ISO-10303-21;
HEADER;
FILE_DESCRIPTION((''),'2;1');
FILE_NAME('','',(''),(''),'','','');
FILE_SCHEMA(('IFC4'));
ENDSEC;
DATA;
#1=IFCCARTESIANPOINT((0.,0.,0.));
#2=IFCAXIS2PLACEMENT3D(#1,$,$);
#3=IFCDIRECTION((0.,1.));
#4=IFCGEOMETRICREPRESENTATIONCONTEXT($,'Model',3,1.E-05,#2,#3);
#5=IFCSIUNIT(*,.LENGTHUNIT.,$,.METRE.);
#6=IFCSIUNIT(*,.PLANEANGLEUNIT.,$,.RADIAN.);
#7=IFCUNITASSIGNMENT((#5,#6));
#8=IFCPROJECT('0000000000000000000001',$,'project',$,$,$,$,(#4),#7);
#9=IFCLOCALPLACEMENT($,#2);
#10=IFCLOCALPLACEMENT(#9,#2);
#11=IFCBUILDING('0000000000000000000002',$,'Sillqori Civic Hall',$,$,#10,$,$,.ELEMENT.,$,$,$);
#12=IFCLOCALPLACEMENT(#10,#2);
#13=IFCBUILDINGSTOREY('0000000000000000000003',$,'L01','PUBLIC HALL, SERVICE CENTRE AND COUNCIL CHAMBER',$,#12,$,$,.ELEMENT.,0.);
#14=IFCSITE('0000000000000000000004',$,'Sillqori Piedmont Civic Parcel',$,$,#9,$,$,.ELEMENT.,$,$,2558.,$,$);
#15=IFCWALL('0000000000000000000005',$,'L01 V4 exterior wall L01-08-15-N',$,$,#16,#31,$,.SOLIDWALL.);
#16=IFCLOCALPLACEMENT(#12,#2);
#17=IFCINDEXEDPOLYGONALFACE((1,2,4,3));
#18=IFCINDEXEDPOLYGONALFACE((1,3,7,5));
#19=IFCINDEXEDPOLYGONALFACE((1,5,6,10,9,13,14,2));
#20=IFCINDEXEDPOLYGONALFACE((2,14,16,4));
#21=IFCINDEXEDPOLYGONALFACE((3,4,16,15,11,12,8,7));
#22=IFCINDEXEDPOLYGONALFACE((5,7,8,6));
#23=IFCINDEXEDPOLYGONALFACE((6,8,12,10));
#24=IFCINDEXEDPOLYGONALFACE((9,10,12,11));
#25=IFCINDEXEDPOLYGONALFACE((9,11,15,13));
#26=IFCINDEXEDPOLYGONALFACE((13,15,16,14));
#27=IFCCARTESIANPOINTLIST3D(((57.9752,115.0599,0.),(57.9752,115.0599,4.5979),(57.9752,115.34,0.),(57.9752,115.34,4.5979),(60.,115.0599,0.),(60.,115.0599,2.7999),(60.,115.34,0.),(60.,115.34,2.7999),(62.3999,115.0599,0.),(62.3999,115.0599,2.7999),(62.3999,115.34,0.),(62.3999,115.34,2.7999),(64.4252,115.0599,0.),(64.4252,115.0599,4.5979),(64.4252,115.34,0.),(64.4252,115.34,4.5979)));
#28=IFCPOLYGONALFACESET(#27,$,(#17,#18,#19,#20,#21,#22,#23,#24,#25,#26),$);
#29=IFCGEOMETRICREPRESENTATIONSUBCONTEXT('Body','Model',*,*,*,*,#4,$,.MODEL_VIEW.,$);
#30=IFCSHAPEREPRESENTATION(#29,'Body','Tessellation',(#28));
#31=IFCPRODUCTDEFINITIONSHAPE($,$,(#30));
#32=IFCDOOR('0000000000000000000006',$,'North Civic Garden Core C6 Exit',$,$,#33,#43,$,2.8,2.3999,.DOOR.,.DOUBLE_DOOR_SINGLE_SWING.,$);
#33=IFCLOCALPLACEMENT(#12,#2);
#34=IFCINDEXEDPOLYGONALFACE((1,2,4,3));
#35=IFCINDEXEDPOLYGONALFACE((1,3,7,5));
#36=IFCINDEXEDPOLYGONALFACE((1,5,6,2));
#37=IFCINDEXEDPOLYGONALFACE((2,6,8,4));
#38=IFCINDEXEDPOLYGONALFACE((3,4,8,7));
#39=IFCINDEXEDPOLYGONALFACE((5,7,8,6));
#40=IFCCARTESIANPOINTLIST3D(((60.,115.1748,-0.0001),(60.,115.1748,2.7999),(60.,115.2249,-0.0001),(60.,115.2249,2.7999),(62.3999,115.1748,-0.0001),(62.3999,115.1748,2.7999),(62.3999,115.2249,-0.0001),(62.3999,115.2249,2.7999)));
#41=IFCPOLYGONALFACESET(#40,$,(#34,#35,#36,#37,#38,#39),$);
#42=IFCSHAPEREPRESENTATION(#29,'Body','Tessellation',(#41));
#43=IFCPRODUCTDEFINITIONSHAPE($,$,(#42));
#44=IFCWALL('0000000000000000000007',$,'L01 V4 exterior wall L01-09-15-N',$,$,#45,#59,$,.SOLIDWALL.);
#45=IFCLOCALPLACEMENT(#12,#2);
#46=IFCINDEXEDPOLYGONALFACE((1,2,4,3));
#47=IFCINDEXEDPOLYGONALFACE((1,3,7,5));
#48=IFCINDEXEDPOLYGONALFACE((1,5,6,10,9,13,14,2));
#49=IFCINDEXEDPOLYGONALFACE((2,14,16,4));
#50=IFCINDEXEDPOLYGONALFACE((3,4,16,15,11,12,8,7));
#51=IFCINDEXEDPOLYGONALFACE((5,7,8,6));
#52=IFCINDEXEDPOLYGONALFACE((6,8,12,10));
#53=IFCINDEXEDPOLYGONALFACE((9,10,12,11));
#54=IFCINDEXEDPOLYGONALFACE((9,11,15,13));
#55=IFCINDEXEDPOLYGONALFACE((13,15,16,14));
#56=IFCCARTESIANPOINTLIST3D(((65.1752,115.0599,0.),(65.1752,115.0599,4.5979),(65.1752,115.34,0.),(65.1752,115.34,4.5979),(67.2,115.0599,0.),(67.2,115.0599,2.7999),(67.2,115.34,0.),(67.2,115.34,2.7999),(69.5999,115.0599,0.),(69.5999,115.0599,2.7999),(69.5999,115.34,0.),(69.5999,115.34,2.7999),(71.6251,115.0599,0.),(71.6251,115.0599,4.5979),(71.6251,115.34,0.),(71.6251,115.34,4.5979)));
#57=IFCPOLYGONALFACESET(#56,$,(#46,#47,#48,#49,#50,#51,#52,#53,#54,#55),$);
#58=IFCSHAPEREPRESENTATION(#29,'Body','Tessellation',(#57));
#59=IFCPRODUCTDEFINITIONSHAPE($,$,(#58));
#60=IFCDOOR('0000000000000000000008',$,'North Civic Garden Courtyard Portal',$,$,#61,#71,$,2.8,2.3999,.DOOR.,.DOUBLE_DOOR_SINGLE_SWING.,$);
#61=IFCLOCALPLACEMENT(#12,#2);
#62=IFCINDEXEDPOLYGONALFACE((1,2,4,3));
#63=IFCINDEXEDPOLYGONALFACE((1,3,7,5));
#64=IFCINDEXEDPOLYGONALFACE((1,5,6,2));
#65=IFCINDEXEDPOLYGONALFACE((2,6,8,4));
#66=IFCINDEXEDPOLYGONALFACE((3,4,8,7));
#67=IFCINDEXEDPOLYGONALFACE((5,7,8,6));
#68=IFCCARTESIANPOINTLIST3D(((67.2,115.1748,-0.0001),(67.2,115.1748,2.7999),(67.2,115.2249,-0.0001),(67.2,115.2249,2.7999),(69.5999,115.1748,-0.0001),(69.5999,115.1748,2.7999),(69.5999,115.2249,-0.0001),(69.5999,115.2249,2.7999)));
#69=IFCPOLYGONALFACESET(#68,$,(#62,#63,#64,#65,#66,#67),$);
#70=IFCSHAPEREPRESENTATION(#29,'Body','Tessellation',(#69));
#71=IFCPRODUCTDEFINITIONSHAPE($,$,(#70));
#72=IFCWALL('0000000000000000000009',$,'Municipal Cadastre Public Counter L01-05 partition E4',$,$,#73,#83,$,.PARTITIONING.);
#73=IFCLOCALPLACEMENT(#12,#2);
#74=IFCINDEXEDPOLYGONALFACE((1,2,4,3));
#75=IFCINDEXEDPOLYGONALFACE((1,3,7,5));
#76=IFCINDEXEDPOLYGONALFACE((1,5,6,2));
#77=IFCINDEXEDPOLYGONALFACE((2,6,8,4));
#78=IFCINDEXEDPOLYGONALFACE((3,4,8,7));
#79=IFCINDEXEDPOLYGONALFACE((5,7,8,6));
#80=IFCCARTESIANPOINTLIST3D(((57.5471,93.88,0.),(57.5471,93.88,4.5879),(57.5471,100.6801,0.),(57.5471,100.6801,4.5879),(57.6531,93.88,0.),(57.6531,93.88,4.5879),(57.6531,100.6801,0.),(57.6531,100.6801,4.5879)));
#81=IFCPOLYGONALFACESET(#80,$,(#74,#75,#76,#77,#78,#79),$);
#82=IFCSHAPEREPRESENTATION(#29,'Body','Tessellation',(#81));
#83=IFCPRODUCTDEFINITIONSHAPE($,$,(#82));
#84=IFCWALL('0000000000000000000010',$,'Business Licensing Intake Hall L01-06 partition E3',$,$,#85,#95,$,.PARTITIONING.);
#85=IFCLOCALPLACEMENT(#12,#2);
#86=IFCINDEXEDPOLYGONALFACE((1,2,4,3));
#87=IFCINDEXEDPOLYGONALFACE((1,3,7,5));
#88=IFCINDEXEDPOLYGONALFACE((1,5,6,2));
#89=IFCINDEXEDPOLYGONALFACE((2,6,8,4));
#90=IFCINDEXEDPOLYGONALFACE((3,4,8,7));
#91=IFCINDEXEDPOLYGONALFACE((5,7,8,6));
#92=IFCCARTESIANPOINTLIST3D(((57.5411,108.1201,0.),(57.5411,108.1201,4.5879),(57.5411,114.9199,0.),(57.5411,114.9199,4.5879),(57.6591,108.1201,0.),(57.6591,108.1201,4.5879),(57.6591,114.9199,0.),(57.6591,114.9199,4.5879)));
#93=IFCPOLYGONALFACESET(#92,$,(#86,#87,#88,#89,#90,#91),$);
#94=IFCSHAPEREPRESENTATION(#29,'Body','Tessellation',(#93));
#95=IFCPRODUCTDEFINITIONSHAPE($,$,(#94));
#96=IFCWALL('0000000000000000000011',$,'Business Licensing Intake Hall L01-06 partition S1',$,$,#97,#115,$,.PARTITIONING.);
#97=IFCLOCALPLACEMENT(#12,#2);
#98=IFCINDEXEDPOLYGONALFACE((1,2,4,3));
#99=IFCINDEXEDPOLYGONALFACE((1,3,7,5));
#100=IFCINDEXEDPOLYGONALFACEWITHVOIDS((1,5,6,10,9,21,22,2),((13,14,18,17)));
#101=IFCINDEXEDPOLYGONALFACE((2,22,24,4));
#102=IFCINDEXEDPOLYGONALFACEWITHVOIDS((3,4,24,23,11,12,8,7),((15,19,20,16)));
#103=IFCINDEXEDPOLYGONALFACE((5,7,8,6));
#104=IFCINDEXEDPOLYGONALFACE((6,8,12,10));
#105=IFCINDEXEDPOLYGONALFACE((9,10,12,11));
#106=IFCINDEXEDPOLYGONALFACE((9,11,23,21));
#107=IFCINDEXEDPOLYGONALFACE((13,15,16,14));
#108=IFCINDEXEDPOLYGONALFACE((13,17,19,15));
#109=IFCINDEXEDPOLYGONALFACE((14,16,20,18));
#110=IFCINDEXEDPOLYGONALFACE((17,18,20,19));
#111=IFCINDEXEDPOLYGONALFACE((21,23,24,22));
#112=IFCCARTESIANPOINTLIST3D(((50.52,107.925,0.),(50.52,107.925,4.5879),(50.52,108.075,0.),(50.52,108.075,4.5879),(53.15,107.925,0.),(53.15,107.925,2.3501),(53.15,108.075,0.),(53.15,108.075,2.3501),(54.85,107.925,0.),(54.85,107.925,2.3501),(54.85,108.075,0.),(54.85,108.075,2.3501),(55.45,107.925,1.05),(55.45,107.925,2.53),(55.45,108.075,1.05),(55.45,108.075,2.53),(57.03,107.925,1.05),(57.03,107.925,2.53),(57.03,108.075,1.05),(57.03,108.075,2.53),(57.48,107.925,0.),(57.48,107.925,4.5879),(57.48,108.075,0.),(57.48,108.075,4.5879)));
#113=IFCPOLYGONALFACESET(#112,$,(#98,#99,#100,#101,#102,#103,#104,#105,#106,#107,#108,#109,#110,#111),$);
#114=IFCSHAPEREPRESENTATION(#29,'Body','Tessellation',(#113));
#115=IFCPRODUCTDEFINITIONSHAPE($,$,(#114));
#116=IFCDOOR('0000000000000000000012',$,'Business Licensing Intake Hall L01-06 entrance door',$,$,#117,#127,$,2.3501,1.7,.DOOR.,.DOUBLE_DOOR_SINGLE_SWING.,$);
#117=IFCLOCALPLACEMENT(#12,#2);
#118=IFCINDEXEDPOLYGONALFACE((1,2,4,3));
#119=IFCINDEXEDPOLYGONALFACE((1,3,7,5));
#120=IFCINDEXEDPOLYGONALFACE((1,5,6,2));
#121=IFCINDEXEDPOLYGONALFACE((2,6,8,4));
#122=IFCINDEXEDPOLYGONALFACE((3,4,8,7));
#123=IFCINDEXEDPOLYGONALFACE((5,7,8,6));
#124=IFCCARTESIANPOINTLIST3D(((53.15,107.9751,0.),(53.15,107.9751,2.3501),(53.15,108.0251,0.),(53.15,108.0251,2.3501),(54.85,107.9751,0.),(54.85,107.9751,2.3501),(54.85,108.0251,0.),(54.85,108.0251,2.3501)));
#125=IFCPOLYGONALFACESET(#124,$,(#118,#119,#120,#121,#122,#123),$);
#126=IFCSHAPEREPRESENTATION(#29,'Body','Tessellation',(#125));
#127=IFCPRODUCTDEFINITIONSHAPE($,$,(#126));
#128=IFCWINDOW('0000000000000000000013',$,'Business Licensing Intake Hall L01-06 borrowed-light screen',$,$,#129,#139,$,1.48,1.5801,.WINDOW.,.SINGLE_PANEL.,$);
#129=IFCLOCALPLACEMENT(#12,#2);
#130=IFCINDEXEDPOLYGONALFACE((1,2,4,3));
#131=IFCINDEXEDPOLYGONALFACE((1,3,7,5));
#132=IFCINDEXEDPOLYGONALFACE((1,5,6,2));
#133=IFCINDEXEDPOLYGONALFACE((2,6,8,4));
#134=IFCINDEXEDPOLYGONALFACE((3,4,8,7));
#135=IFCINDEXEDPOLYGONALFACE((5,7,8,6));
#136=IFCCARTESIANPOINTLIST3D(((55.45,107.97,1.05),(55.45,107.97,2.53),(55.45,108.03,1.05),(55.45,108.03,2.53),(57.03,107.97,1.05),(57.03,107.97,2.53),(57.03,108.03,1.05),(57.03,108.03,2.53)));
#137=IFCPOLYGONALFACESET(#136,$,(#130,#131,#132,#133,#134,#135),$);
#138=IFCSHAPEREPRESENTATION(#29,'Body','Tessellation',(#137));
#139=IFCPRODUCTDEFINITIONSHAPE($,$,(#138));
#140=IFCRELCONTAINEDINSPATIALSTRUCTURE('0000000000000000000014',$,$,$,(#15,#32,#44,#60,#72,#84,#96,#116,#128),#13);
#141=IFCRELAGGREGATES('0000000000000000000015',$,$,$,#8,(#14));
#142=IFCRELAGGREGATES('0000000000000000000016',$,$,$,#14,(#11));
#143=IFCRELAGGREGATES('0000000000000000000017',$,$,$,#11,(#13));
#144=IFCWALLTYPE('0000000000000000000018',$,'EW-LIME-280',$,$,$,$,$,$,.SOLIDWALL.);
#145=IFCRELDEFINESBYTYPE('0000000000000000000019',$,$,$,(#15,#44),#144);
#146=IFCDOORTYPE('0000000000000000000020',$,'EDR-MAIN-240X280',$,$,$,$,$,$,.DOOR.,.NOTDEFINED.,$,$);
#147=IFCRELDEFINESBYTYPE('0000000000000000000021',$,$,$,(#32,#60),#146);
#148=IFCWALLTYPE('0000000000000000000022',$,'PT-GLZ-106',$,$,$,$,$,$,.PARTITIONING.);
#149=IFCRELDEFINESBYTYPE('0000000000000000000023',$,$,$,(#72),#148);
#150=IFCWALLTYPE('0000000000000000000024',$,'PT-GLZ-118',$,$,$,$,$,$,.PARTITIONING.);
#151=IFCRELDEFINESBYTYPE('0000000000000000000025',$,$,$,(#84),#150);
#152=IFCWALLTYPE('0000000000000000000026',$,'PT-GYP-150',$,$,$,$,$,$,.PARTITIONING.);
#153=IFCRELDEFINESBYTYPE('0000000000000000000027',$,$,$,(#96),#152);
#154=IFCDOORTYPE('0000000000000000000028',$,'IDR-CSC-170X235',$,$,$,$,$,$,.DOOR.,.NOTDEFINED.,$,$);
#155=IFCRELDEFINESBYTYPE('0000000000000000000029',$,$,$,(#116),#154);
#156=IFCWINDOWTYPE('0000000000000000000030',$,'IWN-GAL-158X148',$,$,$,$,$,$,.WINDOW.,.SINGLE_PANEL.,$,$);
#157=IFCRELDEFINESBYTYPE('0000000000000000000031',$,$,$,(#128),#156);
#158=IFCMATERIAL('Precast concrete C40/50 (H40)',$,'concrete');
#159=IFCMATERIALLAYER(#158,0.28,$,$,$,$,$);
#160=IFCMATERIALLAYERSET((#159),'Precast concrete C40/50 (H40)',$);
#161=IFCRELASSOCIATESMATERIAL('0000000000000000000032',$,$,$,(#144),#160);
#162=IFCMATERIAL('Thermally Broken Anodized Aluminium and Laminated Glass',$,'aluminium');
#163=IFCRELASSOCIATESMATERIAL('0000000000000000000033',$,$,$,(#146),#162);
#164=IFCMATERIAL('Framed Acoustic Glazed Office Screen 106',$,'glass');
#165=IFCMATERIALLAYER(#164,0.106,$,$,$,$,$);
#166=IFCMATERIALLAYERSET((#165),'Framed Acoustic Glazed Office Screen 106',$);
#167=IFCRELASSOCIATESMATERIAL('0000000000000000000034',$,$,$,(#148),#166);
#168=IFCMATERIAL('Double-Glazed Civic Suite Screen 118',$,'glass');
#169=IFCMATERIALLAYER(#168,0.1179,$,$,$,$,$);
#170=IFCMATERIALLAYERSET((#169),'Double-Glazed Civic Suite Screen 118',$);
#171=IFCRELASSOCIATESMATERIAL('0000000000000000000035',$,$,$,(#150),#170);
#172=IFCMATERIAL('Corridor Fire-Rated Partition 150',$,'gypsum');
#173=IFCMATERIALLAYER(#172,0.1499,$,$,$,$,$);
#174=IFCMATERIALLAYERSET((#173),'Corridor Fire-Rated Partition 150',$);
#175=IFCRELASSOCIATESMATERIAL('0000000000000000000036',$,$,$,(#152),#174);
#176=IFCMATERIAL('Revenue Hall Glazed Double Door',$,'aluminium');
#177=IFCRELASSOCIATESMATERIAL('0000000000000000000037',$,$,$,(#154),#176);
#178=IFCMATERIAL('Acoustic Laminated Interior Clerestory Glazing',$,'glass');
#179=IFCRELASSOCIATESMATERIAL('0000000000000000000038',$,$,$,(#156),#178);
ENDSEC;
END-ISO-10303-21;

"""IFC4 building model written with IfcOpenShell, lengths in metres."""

from ifc_helpers import new_model, si_unit, direction, frame, frame_2d, origin, place, context, subcontext, project, spatial, rectangle, extrude, material, layer, layer_set, type_object, element, fill, save


model = new_model("IFC4")

# Units and contexts
model_context = context("Model", 3, precision=1e-05, world=origin(), true_north=direction((0.0, 1.0)))
body_context = subcontext(model_context, "Body", "Model", "MODEL_VIEW")
ifc_project = project(units=[si_unit("LENGTHUNIT", "METRE"), si_unit("PLANEANGLEUNIT", "RADIAN")], contexts=[model_context])

# Site, building, storey
site_placement = place(None, origin())
site = spatial("IfcSite", under=ifc_project, at=site_placement, Name="Sillqori Piedmont Civic Parcel", CompositionType="ELEMENT", RefElevation=2558.0)
building_placement = place(site_placement, origin())
building = spatial("IfcBuilding", under=site, at=building_placement, Name="Sillqori Civic Hall", CompositionType="ELEMENT")
storey_placement = place(building_placement, origin())
storey = spatial("IfcBuildingStorey", under=building, at=storey_placement, Name="L01", Description="PUBLIC HALL, SERVICE CENTRE AND COUNCIL CHAMBER", CompositionType="ELEMENT", Elevation=0.0)

# Walls, openings, doors
ifc_material_1 = material(Name="Precast concrete C40/50 (H40)", Category="concrete")
ifc_layer_1 = layer(ifc_material_1, 0.28)
ifc_layer_set_1 = layer_set([ifc_layer_1], Name="Precast concrete C40/50 (H40)")
wall_type_1 = type_object("IfcWallType", Name="EW-LIME-280", PredefinedType="SOLIDWALL", material=ifc_layer_set_1)
wall_1_placement = place(storey_placement, frame((57.9751, 115.2, 0.0), z_axis=(0.0, 0.0, 1.0), x_axis=(1.0, 0.0, 0.0)))
wall_1 = element("IfcWall", 1, at=wall_1_placement, inside=storey, type_object=wall_type_1, Name="L01 V4 exterior wall L01-08-15-N", PredefinedType="SOLIDWALL", context=body_context, shape_type="SweptSolid", body=[
    extrude(rectangle(XDim=6.45, YDim=0.28, at=frame_2d((3.2251, 0.0))), origin(), (0.0, 0.0, 1.0), 4.5979),
])
opening_1_placement = place(wall_1_placement, frame((2.0249, 0.0, 0.0)))
opening_1 = element("IfcOpeningElement", 2, at=opening_1_placement, cuts=wall_1, PredefinedType="OPENING", context=body_context, shape_type="SweptSolid", body=[
    extrude(rectangle(XDim=2.3999, YDim=2.8, at=frame_2d((1.2, 1.3999))), frame((0.0, 0.1499, 0.0), z_axis=(0.0, -1.0, 0.0), x_axis=(1.0, 0.0, 0.0)), (0.0, 0.0, 1.0), 0.3),
])
ifc_material_2 = material(Name="Thermally Broken Anodized Aluminium and Laminated Glass", Category="aluminium")
door_type_1 = type_object("IfcDoorType", Name="EDR-MAIN-240X280", OperationType="NOTDEFINED", PredefinedType="DOOR", material=ifc_material_2)
door_1_placement = place(opening_1_placement, origin())
door_1 = element("IfcDoor", 3, at=door_1_placement, inside=storey, type_object=door_type_1, Name="North Civic Garden Core C6 Exit", OperationType="DOUBLE_DOOR_SINGLE_SWING", OverallHeight=2.8, OverallWidth=2.3999, PredefinedType="DOOR", context=body_context, shape_type="SweptSolid", body=[
    extrude(rectangle(XDim=2.3999, YDim=2.8, at=frame_2d((1.2, 1.3999))), frame((0.0, 0.0249, 0.0), z_axis=(0.0, -1.0, 0.0), x_axis=(1.0, 0.0, 0.0)), (0.0, 0.0, 1.0), 0.05),
])
fill(opening_1, door_1)
wall_2_placement = place(storey_placement, frame((65.175, 115.2, 0.0), z_axis=(0.0, 0.0, 1.0), x_axis=(1.0, 0.0, 0.0)))
wall_2 = element("IfcWall", 4, at=wall_2_placement, inside=storey, type_object=wall_type_1, Name="L01 V4 exterior wall L01-09-15-N", PredefinedType="SOLIDWALL", context=body_context, shape_type="SweptSolid", body=[
    extrude(rectangle(XDim=6.45, YDim=0.28, at=frame_2d((3.2251, 0.0))), origin(), (0.0, 0.0, 1.0), 4.5979),
])
opening_2_placement = place(wall_2_placement, frame((2.0249, 0.0, 0.0)))
opening_2 = element("IfcOpeningElement", 5, at=opening_2_placement, cuts=wall_2, PredefinedType="OPENING", context=body_context, shape_type="SweptSolid", body=[
    extrude(rectangle(XDim=2.3999, YDim=2.8, at=frame_2d((1.2, 1.3999))), frame((0.0, 0.1499, 0.0), z_axis=(0.0, -1.0, 0.0), x_axis=(1.0, 0.0, 0.0)), (0.0, 0.0, 1.0), 0.3),
])
door_2_placement = place(opening_2_placement, origin())
door_2 = element("IfcDoor", 6, at=door_2_placement, inside=storey, type_object=door_type_1, Name="North Civic Garden Courtyard Portal", OperationType="DOUBLE_DOOR_SINGLE_SWING", OverallHeight=2.8, OverallWidth=2.3999, PredefinedType="DOOR", context=body_context, shape_type="SweptSolid", body=[
    extrude(rectangle(XDim=2.3999, YDim=2.8, at=frame_2d((1.2, 1.3999))), frame((0.0, 0.0249, 0.0), z_axis=(0.0, -1.0, 0.0), x_axis=(1.0, 0.0, 0.0)), (0.0, 0.0, 1.0), 0.05),
])
fill(opening_2, door_2)

# Walls
ifc_material_3 = material(Name="Framed Acoustic Glazed Office Screen 106", Category="glass")
ifc_layer_2 = layer(ifc_material_3, 0.106)
ifc_layer_set_2 = layer_set([ifc_layer_2], Name="Framed Acoustic Glazed Office Screen 106")
wall_type_2 = type_object("IfcWallType", Name="PT-GLZ-106", PredefinedType="PARTITIONING", material=ifc_layer_set_2)
wall_3_placement = place(storey_placement, frame((57.6001, 100.6799, 0.0), z_axis=(0.0, 0.0, 1.0), x_axis=(0.0, -1.0, 0.0)))
element("IfcWall", 7, at=wall_3_placement, inside=storey, type_object=wall_type_2, Name="Municipal Cadastre Public Counter L01-05 partition E4", PredefinedType="PARTITIONING", context=body_context, shape_type="SweptSolid", body=[
    extrude(rectangle(XDim=6.8, YDim=0.106, at=frame_2d((3.3999, 0.0))), origin(), (0.0, 0.0, 1.0), 4.5879),
])
ifc_material_4 = material(Name="Double-Glazed Civic Suite Screen 118", Category="glass")
ifc_layer_3 = layer(ifc_material_4, 0.1179)
ifc_layer_set_3 = layer_set([ifc_layer_3], Name="Double-Glazed Civic Suite Screen 118")
wall_type_3 = type_object("IfcWallType", Name="PT-GLZ-118", PredefinedType="PARTITIONING", material=ifc_layer_set_3)
wall_4_placement = place(storey_placement, frame((57.6001, 114.9199, 0.0), z_axis=(0.0, 0.0, 1.0), x_axis=(0.0, -1.0, 0.0)))
element("IfcWall", 8, at=wall_4_placement, inside=storey, type_object=wall_type_3, Name="Business Licensing Intake Hall L01-06 partition E3", PredefinedType="PARTITIONING", context=body_context, shape_type="SweptSolid", body=[
    extrude(rectangle(XDim=6.7998, YDim=0.1179, at=frame_2d((3.3999, 0.0))), origin(), (0.0, 0.0, 1.0), 4.5879),
])

# Wall, openings, door, window
ifc_material_5 = material(Name="Corridor Fire-Rated Partition 150", Category="gypsum")
ifc_layer_4 = layer(ifc_material_5, 0.1499)
ifc_layer_set_4 = layer_set([ifc_layer_4], Name="Corridor Fire-Rated Partition 150")
wall_type_4 = type_object("IfcWallType", Name="PT-GYP-150", PredefinedType="PARTITIONING", material=ifc_layer_set_4)
wall_5_placement = place(storey_placement, frame((57.48, 108.0, 0.0), z_axis=(0.0, 0.0, 1.0), x_axis=(-1.0, 0.0, 0.0)))
wall_5 = element("IfcWall", 9, at=wall_5_placement, inside=storey, type_object=wall_type_4, Name="Business Licensing Intake Hall L01-06 partition S1", PredefinedType="PARTITIONING", context=body_context, shape_type="SweptSolid", body=[
    extrude(rectangle(XDim=6.96, YDim=0.1499, at=frame_2d((3.48, 0.0))), origin(), (0.0, 0.0, 1.0), 4.5879),
])
opening_3_placement = place(wall_5_placement, frame((2.6299, 0.0, 0.0)))
opening_3 = element("IfcOpeningElement", 10, at=opening_3_placement, cuts=wall_5, PredefinedType="OPENING", context=body_context, shape_type="SweptSolid", body=[
    extrude(rectangle(XDim=1.7, YDim=2.3501, at=frame_2d((0.8501, 1.175))), frame((0.0, 0.085, 0.0), z_axis=(0.0, -1.0, 0.0), x_axis=(1.0, 0.0, 0.0)), (0.0, 0.0, 1.0), 0.1699),
])
opening_4_placement = place(wall_5_placement, frame((0.45, 0.0, 1.05)))
opening_4 = element("IfcOpeningElement", 11, at=opening_4_placement, cuts=wall_5, PredefinedType="OPENING", context=body_context, shape_type="SweptSolid", body=[
    extrude(rectangle(XDim=1.5801, YDim=1.48, at=frame_2d((0.79, 0.74))), frame((0.0, 0.085, 0.0), z_axis=(0.0, -1.0, 0.0), x_axis=(1.0, 0.0, 0.0)), (0.0, 0.0, 1.0), 0.1699),
])
ifc_material_6 = material(Name="Revenue Hall Glazed Double Door", Category="aluminium")
door_type_2 = type_object("IfcDoorType", Name="IDR-CSC-170X235", OperationType="NOTDEFINED", PredefinedType="DOOR", material=ifc_material_6)
door_3_placement = place(opening_3_placement, origin())
door_3 = element("IfcDoor", 12, at=door_3_placement, inside=storey, type_object=door_type_2, Name="Business Licensing Intake Hall L01-06 entrance door", OperationType="DOUBLE_DOOR_SINGLE_SWING", OverallHeight=2.3501, OverallWidth=1.7, PredefinedType="DOOR", context=body_context, shape_type="SweptSolid", body=[
    extrude(rectangle(XDim=1.7, YDim=2.3501, at=frame_2d((0.8501, 1.175))), frame((0.0, 0.0249, 0.0), z_axis=(0.0, -1.0, 0.0), x_axis=(1.0, 0.0, 0.0)), (0.0, 0.0, 1.0), 0.05),
])
fill(opening_3, door_3)
ifc_material_7 = material(Name="Acoustic Laminated Interior Clerestory Glazing", Category="glass")
window_type = type_object("IfcWindowType", Name="IWN-GAL-158X148", PartitioningType="SINGLE_PANEL", PredefinedType="WINDOW", material=ifc_material_7)
window_placement = place(opening_4_placement, origin())
window = element("IfcWindow", 13, at=window_placement, inside=storey, type_object=window_type, Name="Business Licensing Intake Hall L01-06 borrowed-light screen", OverallHeight=1.48, OverallWidth=1.5801, PartitioningType="SINGLE_PANEL", PredefinedType="WINDOW", context=body_context, shape_type="SweptSolid", body=[
    extrude(rectangle(XDim=1.5801, YDim=1.48, at=frame_2d((0.79, 0.74))), frame((0.0, 0.03, 0.0), z_axis=(0.0, -1.0, 0.0), x_axis=(1.0, 0.0, 0.0)), (0.0, 0.0, 1.0), 0.0601),
])
fill(opening_4, window)

save(model, "model.ifc")
